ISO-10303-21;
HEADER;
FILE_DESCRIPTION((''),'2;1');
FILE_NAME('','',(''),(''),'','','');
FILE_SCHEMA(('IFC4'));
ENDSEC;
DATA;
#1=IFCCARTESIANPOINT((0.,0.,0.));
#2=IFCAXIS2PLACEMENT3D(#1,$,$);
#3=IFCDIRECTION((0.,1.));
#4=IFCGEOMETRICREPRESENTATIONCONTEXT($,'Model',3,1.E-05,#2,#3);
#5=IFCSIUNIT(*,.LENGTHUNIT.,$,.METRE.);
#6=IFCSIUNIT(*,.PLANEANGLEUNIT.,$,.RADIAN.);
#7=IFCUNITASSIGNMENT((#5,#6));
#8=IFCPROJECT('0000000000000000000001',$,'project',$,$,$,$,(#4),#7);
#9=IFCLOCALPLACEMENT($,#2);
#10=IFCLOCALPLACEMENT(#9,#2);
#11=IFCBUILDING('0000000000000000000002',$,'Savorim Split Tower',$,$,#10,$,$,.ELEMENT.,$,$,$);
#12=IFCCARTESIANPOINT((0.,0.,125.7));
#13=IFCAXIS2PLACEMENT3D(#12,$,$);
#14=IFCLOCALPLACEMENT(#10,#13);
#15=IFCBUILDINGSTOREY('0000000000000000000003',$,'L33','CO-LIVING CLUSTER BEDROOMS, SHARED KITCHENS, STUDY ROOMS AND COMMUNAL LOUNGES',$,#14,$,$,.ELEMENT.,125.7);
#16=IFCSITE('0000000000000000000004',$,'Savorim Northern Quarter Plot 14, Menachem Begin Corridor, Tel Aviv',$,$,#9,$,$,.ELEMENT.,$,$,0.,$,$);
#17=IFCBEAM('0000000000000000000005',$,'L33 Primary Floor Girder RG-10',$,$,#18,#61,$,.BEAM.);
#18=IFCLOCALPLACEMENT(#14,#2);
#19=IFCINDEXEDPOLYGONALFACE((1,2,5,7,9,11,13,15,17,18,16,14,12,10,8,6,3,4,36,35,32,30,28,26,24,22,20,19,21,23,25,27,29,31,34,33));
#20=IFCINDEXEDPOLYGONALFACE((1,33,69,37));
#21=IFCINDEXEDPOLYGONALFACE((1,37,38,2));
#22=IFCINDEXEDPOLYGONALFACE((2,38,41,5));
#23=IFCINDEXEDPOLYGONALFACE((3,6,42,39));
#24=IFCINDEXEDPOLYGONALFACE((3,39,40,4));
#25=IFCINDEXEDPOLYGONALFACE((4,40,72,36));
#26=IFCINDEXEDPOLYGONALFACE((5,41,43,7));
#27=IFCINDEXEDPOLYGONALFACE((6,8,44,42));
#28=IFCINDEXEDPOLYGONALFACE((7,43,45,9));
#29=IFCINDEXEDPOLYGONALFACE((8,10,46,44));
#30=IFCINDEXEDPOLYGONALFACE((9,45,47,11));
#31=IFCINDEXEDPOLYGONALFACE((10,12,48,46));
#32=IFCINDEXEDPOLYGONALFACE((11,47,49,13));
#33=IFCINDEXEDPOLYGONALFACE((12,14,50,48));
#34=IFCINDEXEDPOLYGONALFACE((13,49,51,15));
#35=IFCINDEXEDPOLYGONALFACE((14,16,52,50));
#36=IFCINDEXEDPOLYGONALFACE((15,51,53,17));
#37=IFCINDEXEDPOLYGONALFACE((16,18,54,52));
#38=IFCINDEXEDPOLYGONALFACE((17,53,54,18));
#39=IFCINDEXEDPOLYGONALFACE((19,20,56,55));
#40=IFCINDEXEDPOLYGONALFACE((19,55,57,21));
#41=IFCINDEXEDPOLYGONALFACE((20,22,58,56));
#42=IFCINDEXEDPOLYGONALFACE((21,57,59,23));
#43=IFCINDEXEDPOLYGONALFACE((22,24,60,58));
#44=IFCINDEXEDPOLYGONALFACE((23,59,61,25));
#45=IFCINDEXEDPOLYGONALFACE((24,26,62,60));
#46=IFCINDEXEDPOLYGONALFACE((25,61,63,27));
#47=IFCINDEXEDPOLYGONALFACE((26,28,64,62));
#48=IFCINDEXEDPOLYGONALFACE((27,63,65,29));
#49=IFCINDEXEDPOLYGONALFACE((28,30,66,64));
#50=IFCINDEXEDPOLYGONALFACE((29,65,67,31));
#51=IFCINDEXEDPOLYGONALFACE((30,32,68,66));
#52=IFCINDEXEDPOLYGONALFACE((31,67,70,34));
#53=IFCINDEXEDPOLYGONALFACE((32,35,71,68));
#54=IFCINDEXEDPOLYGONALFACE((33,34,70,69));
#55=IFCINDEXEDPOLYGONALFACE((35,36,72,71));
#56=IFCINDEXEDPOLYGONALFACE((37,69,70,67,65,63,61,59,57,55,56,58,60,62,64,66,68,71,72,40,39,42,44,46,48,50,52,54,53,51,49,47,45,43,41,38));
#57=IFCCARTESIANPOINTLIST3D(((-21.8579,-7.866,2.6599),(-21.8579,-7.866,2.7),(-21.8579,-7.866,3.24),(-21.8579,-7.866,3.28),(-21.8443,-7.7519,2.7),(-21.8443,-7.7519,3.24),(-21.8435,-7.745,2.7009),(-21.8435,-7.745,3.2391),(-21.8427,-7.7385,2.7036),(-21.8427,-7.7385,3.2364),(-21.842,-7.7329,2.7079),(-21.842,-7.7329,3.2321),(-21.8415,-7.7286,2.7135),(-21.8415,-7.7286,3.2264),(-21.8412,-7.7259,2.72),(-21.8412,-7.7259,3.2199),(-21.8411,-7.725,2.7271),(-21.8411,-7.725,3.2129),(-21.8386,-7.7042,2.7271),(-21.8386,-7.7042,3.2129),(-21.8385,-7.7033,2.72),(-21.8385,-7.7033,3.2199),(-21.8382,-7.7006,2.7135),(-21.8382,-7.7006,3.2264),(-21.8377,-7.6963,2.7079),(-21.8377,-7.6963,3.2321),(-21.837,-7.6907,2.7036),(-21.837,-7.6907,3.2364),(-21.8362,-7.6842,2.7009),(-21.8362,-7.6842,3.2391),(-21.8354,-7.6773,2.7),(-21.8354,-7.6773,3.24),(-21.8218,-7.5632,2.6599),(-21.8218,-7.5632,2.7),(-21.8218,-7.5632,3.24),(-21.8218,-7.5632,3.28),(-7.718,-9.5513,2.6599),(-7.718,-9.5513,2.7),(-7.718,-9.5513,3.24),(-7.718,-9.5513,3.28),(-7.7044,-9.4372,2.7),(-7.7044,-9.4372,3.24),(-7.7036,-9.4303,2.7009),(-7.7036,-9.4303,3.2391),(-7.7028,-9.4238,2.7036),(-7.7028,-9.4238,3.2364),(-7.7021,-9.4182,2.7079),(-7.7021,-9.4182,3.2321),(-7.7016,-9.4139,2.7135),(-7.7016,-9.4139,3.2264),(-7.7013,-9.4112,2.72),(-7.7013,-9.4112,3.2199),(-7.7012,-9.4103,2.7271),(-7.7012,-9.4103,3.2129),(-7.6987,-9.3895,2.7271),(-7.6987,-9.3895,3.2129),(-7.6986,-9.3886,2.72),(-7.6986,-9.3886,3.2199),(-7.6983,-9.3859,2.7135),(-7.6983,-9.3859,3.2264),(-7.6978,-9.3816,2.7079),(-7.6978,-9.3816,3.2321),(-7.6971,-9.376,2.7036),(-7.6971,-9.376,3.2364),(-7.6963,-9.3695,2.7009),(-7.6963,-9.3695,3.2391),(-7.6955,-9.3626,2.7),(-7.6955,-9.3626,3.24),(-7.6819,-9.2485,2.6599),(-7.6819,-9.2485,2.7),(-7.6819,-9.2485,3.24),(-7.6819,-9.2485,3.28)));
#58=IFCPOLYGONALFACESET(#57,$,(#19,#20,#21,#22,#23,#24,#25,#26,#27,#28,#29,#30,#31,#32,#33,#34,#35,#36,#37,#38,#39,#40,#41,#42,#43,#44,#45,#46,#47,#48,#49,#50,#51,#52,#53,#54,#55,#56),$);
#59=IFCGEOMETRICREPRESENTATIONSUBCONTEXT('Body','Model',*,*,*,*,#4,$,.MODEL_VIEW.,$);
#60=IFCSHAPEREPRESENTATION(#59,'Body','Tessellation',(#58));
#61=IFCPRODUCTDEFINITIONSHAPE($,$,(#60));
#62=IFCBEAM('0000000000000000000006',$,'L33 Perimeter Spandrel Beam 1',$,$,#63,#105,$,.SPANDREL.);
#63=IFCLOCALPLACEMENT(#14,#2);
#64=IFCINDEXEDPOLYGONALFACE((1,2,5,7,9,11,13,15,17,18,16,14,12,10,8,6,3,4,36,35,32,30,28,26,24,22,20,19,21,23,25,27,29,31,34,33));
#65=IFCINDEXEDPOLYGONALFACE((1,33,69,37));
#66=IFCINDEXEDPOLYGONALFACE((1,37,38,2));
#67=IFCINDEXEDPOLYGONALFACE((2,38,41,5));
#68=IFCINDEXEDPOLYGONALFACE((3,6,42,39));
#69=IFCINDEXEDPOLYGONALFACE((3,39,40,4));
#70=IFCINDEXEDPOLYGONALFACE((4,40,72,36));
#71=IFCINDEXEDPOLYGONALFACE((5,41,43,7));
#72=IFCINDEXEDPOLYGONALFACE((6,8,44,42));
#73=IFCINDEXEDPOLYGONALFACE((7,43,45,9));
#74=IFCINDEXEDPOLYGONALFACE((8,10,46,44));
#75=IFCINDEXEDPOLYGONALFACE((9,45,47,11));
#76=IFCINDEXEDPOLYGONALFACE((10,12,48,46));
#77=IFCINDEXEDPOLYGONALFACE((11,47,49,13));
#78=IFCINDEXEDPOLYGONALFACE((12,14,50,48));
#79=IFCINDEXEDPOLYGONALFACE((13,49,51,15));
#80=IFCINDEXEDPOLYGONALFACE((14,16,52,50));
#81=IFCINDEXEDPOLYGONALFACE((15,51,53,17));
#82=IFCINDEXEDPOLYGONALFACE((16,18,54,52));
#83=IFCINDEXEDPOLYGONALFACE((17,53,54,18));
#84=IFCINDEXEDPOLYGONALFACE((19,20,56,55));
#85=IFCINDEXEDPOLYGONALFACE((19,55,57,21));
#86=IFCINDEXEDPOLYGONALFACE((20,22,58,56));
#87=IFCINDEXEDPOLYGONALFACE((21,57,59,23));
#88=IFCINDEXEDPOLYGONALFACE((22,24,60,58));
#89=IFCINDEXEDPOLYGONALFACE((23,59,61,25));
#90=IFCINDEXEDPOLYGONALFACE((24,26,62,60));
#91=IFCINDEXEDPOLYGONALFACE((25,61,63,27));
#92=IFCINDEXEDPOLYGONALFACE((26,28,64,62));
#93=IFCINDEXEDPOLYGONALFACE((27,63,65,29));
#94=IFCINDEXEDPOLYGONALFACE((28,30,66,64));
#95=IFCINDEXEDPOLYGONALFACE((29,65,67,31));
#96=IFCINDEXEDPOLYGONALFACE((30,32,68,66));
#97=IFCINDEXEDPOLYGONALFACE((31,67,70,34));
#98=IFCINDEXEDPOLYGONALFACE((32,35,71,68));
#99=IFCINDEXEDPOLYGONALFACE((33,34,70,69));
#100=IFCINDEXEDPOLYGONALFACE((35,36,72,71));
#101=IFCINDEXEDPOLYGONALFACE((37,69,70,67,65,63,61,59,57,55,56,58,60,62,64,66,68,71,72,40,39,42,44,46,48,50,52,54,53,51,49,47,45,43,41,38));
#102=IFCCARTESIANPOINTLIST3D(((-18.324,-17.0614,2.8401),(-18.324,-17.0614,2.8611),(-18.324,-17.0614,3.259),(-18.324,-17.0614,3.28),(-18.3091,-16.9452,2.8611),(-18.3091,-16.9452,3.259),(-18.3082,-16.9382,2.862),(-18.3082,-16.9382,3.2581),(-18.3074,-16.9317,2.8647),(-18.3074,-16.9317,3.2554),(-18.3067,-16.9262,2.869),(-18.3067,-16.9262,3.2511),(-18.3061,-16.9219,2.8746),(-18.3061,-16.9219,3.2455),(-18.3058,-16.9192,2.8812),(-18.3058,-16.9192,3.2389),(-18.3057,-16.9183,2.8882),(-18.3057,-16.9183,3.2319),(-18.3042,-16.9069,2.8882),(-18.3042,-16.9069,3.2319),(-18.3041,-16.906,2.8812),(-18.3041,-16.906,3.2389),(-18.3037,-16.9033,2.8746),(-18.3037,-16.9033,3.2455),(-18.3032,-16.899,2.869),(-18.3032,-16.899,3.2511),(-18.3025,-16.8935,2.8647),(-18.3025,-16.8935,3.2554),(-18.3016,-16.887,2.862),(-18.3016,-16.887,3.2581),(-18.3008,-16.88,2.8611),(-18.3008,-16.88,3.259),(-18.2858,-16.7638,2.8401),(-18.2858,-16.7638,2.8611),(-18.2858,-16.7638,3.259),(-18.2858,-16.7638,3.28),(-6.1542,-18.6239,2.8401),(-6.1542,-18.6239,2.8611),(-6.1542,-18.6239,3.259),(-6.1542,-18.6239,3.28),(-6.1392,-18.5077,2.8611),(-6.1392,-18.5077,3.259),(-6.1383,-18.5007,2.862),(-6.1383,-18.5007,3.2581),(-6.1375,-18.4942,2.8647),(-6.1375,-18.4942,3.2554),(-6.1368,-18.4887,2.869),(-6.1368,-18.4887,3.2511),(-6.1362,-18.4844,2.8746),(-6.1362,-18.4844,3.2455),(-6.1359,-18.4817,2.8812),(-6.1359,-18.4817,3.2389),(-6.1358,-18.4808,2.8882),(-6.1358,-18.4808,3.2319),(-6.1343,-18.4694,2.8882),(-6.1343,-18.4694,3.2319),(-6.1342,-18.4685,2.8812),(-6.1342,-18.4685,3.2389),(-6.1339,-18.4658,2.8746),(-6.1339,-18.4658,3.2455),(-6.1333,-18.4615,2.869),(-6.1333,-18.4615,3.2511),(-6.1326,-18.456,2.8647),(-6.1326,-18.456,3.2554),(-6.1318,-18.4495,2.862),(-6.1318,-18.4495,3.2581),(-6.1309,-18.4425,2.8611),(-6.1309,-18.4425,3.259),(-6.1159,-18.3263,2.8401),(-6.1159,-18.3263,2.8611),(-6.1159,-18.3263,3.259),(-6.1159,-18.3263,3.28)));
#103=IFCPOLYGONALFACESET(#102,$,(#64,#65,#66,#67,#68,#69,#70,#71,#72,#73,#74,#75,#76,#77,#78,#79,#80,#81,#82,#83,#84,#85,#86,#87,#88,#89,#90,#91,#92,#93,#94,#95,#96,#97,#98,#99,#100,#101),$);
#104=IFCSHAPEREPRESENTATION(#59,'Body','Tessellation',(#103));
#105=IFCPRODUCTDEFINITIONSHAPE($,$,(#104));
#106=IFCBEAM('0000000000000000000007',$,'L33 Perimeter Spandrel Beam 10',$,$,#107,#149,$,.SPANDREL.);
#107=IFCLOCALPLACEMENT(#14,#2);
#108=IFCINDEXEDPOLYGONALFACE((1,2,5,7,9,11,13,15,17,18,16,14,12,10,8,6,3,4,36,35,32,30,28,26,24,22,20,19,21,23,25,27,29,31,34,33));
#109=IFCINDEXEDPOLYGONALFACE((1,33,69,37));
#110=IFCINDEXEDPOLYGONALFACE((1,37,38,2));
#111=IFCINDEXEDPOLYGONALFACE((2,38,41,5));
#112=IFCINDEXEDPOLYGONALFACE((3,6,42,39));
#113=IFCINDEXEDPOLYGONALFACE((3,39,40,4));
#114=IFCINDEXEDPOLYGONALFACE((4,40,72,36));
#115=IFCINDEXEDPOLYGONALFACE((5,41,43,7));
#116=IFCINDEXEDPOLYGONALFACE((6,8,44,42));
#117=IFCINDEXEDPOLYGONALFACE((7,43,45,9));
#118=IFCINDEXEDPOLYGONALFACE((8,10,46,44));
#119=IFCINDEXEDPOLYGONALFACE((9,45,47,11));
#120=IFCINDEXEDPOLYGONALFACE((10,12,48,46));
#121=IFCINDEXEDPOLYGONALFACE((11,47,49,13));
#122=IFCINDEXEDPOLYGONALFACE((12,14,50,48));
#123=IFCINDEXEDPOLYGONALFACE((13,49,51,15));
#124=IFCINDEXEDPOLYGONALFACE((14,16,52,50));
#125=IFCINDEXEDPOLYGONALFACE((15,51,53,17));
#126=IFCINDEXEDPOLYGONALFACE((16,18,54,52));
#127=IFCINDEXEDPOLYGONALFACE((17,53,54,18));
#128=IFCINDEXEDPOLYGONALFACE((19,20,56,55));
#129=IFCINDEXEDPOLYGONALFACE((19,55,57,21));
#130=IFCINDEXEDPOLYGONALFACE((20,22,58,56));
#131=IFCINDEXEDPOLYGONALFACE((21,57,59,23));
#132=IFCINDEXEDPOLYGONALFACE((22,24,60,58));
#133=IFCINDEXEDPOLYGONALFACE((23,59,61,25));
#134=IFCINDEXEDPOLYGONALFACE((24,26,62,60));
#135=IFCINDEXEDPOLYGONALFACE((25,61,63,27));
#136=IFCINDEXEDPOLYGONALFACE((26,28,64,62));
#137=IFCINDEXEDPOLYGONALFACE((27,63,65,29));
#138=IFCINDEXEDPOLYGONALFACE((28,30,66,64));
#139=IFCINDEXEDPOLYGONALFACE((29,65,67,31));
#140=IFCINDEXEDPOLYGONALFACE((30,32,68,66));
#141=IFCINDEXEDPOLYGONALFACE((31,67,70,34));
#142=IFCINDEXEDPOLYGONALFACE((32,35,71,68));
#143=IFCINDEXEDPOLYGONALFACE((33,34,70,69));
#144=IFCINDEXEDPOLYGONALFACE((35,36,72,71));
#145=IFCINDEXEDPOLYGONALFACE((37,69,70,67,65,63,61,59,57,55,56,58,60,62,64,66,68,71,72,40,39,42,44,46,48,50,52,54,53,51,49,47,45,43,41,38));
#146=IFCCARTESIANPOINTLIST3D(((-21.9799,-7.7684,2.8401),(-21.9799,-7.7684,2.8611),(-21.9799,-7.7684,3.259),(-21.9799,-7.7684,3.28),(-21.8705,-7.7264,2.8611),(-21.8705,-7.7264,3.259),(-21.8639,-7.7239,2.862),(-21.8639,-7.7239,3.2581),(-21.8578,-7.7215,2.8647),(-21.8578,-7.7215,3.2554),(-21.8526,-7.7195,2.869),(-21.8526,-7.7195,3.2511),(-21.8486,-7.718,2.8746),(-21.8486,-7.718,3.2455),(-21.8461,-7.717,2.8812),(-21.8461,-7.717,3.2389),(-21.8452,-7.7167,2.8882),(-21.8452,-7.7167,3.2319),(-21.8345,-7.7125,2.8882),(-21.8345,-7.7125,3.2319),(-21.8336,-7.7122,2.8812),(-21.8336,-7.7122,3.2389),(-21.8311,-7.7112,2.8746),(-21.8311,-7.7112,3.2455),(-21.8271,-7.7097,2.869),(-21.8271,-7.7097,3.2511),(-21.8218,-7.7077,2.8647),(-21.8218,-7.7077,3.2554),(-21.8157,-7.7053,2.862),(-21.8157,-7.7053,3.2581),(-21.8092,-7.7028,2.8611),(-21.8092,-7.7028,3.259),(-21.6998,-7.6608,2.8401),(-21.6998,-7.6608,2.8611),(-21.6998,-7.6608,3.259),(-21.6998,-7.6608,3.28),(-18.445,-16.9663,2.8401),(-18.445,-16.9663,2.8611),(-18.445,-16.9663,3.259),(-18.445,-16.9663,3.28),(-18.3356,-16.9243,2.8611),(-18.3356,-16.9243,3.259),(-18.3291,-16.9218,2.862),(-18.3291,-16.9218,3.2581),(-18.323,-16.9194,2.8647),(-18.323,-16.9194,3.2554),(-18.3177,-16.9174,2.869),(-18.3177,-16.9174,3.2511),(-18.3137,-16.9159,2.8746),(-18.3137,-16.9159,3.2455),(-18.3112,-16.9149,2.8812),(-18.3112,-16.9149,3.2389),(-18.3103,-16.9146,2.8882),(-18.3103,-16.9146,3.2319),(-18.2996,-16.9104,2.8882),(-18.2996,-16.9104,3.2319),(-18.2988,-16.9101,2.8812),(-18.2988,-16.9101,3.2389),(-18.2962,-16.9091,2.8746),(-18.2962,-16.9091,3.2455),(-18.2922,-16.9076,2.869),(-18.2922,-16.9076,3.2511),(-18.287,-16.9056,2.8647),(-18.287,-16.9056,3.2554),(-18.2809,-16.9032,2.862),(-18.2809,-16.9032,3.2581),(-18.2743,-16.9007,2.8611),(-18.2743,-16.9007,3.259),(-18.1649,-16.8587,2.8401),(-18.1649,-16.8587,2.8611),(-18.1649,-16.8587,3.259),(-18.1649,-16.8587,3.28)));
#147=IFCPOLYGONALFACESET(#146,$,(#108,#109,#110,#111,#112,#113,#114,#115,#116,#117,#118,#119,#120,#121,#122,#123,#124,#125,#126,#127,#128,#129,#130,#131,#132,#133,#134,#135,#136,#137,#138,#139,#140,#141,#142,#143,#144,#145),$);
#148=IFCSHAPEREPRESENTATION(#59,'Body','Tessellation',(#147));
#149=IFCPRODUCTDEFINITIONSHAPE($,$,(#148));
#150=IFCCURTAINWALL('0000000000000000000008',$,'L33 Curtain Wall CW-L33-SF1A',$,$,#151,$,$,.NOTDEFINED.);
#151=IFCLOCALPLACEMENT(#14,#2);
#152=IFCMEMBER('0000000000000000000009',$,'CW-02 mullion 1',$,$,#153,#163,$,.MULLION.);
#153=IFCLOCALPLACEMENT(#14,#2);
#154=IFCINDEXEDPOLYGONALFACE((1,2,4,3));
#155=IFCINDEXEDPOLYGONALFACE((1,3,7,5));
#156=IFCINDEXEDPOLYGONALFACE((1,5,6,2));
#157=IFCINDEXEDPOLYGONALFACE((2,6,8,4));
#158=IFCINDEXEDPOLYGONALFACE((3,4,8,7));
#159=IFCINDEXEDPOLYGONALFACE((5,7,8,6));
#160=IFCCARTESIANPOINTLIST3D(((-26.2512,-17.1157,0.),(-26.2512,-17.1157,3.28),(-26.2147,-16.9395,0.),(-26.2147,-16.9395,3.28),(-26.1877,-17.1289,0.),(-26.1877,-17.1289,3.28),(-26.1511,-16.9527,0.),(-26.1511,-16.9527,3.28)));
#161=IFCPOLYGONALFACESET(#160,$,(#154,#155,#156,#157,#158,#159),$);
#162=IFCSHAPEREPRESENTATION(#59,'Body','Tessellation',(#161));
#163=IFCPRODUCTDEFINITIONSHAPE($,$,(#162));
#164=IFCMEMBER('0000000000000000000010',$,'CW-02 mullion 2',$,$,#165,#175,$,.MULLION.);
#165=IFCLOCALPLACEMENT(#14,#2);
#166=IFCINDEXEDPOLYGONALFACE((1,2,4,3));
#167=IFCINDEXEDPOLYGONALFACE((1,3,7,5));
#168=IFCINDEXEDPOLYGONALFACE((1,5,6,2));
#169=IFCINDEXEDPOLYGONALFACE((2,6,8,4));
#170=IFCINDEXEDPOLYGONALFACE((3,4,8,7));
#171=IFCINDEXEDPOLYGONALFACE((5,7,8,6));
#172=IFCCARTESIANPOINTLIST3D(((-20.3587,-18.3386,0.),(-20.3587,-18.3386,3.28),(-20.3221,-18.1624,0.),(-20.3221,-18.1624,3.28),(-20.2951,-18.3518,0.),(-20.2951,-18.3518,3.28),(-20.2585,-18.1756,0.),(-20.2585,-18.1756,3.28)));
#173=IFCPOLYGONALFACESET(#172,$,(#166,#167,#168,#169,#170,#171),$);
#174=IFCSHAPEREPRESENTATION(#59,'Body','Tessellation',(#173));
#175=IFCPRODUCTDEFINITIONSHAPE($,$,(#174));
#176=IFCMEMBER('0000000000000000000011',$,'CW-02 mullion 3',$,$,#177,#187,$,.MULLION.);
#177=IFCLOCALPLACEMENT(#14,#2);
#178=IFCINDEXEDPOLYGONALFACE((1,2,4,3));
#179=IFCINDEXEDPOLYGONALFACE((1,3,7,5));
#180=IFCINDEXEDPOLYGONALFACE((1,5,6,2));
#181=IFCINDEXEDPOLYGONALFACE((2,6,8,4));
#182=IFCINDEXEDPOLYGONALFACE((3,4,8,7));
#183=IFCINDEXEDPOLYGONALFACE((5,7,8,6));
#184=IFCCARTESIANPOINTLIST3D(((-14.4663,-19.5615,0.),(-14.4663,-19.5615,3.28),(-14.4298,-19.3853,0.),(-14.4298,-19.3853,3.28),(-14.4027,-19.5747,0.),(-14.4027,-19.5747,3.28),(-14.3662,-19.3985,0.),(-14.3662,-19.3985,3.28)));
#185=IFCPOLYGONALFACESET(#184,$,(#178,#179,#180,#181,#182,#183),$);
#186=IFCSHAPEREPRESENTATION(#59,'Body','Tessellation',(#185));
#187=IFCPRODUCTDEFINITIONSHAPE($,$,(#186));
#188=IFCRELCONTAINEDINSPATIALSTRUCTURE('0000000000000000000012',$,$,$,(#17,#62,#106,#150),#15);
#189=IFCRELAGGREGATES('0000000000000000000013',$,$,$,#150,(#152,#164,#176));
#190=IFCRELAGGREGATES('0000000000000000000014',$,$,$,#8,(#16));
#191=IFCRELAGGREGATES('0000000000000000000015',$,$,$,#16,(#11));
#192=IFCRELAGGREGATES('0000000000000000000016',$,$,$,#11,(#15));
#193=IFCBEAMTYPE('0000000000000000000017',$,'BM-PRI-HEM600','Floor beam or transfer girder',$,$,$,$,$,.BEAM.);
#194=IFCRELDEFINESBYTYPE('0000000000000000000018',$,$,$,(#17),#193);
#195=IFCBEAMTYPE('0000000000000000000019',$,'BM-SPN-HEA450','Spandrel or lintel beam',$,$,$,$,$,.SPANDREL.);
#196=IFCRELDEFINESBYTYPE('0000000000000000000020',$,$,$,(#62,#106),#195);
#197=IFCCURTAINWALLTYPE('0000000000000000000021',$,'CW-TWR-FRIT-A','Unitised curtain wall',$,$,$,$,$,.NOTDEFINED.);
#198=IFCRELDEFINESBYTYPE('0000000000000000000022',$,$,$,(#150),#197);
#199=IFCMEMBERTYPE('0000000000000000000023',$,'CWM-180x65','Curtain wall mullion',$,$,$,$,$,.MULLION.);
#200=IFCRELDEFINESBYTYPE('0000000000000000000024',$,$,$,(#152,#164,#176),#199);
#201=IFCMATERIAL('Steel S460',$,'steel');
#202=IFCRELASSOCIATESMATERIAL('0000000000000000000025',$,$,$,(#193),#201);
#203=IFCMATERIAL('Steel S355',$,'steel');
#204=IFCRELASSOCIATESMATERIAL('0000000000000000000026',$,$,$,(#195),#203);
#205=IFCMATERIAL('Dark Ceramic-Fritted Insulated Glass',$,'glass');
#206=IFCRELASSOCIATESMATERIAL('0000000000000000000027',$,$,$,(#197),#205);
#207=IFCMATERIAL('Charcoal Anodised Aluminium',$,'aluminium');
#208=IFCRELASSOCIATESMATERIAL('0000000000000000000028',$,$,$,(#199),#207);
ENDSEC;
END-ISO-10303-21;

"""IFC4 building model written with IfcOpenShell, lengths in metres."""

from ifc_helpers import new_model, si_unit, direction, frame, origin, origin_2d, place, context, subcontext, project, spatial, rectangle, i_section, extrude, material, material_profile, profile_set, type_object, element, aggregate, save


model = new_model("IFC4")

# Units and contexts
model_context = context("Model", 3, precision=1e-05, world=origin(), true_north=direction((0.0, 1.0)))
body_context = subcontext(model_context, "Body", "Model", "MODEL_VIEW")
ifc_project = project(units=[si_unit("LENGTHUNIT", "METRE"), si_unit("PLANEANGLEUNIT", "RADIAN")], contexts=[model_context])

# Site, building, storey
site_placement = place(None, origin())
site = spatial("IfcSite", under=ifc_project, at=site_placement, Name="Savorim Northern Quarter Plot 14, Menachem Begin Corridor, Tel Aviv", CompositionType="ELEMENT", RefElevation=0.0)
building_placement = place(site_placement, origin())
building = spatial("IfcBuilding", under=site, at=building_placement, Name="Savorim Split Tower", CompositionType="ELEMENT")
storey_placement = place(building_placement, frame((0.0, 0.0, 125.7)))
storey = spatial("IfcBuildingStorey", under=building, at=storey_placement, Name="L33", Description="CO-LIVING CLUSTER BEDROOMS, SHARED KITCHENS, STUDY ROOMS AND COMMUNAL LOUNGES", CompositionType="ELEMENT", Elevation=125.7)

# Shared definitions
ifc_material_1 = material(Name="Steel S460", Category="steel")

# Beams
ifc_material_2 = material(Name="Steel S355", Category="steel")
ifc_material_profile_1 = material_profile(ifc_material_1, i_section(OverallWidth=0.3049, OverallDepth=0.6201, WebThickness=0.021, FlangeThickness=0.04, FilletRadius=0.0271, at=origin_2d()), Name="HE 600 M")
ifc_profile_set_1 = profile_set([ifc_material_profile_1], Name="Steel S460")
beam_type_1 = type_object("IfcBeamType", Name="BM-PRI-HEM600", Description="Floor beam or transfer girder", PredefinedType="BEAM", material=ifc_profile_set_1)
beam_1_placement = place(storey_placement, frame((-21.8398, -7.7146, 2.97), z_axis=(0.992972, -0.11835, 0.0), x_axis=(0.11835, 0.992972, 0.0)))
element("IfcBeam", 1, at=beam_1_placement, inside=storey, type_object=beam_type_1, Name="L33 Primary Floor Girder RG-10", PredefinedType="BEAM", context=body_context, shape_type="SweptSolid", body=[
    extrude(i_section(OverallWidth=0.3049, OverallDepth=0.6201, WebThickness=0.021, FlangeThickness=0.04, FilletRadius=0.0271, at=origin_2d()), origin(), (0.0, 0.0, 1.0), 14.24),
])
ifc_material_profile_2 = material_profile(ifc_material_2, i_section(OverallWidth=0.3, OverallDepth=0.4399, WebThickness=0.0115, FlangeThickness=0.021, FilletRadius=0.0271, at=origin_2d()), Name="HEA 450")
ifc_profile_set_2 = profile_set([ifc_material_profile_2], Name="Steel S355")
beam_type_2 = type_object("IfcBeamType", Name="BM-SPN-HEA450", Description="Spandrel or lintel beam", PredefinedType="SPANDREL", material=ifc_profile_set_2)
beam_2_placement = place(storey_placement, frame((-18.3049, -16.9126, 3.0601), z_axis=(0.991858, -0.127345, 0.0), x_axis=(0.127345, 0.991858, 0.0)))
element("IfcBeam", 2, at=beam_2_placement, inside=storey, type_object=beam_type_2, Name="L33 Perimeter Spandrel Beam 1", PredefinedType="SPANDREL", context=body_context, shape_type="SweptSolid", body=[
    extrude(i_section(OverallWidth=0.3, OverallDepth=0.4399, WebThickness=0.0115, FlangeThickness=0.021, FilletRadius=0.0271, at=origin_2d()), origin(), (0.0, 0.0, 1.0), 12.2698),
])
beam_3_placement = place(storey_placement, frame((-21.8398, -7.7146, 3.0601), z_axis=(0.358733, -0.93344, 0.0), x_axis=(0.93344, 0.358733, 0.0)))
element("IfcBeam", 3, at=beam_3_placement, inside=storey, type_object=beam_type_2, Name="L33 Perimeter Spandrel Beam 10", PredefinedType="SPANDREL", context=body_context, shape_type="SweptSolid", body=[
    extrude(i_section(OverallWidth=0.3, OverallDepth=0.4399, WebThickness=0.0115, FlangeThickness=0.021, FilletRadius=0.0271, at=origin_2d()), origin(), (0.0, 0.0, 1.0), 9.8538),
])

# Curtain wall, members
ifc_material_3 = material(Name="Dark Ceramic-Fritted Insulated Glass", Category="glass")
curtain_wall_type = type_object("IfcCurtainWallType", Name="CW-TWR-FRIT-A", Description="Unitised curtain wall", PredefinedType="NOTDEFINED", material=ifc_material_3)
curtain_wall_1_placement = place(storey_placement, origin())
curtain_wall_1 = element("IfcCurtainWall", 4, at=curtain_wall_1_placement, inside=storey, type_object=curtain_wall_type, Name="L33 Curtain Wall CW-L33-SF1A", PredefinedType="NOTDEFINED")
ifc_material_4 = material(Name="Charcoal Anodised Aluminium", Category="aluminium")
ifc_material_profile_3 = material_profile(ifc_material_4, rectangle(XDim=0.1799, YDim=0.0649, at=origin_2d()), Name="ALU-M 180x65")
ifc_profile_set_3 = profile_set([ifc_material_profile_3], Name="Charcoal Anodised Aluminium")
member_type_1 = type_object("IfcMemberType", Name="CWM-180x65", Description="Curtain wall mullion", PredefinedType="MULLION", material=ifc_profile_set_3)
member_1_placement = place(storey_placement, frame((-26.2012, -17.0342, 0.0), z_axis=(0.0, 0.0, 1.0), x_axis=(0.203216, 0.979134, 0.0)))
member_1 = element("IfcMember", 5, at=member_1_placement, type_object=member_type_1, Name="CW-02 mullion 1", PredefinedType="MULLION", context=body_context, shape_type="SweptSolid", body=[
    extrude(rectangle(XDim=0.1799, YDim=0.0649, at=origin_2d()), origin(), (0.0, 0.0, 1.0), 3.28),
])
member_2_placement = place(storey_placement, frame((-20.3086, -18.2571, 0.0), z_axis=(0.0, 0.0, 1.0), x_axis=(0.203216, 0.979134, 0.0)))
member_2 = element("IfcMember", 6, at=member_2_placement, type_object=member_type_1, Name="CW-02 mullion 2", PredefinedType="MULLION", context=body_context, shape_type="SweptSolid", body=[
    extrude(rectangle(XDim=0.1799, YDim=0.0649, at=origin_2d()), origin(), (0.0, 0.0, 1.0), 3.28),
])
member_3_placement = place(storey_placement, frame((-14.4163, -19.48, 0.0), z_axis=(0.0, 0.0, 1.0), x_axis=(0.203216, 0.979134, 0.0)))
member_3 = element("IfcMember", 7, at=member_3_placement, type_object=member_type_1, Name="CW-02 mullion 3", PredefinedType="MULLION", context=body_context, shape_type="SweptSolid", body=[
    extrude(rectangle(XDim=0.1799, YDim=0.0649, at=origin_2d()), origin(), (0.0, 0.0, 1.0), 3.28),
])

aggregate(curtain_wall_1, [member_1, member_2, member_3])

save(model, "model.ifc")
